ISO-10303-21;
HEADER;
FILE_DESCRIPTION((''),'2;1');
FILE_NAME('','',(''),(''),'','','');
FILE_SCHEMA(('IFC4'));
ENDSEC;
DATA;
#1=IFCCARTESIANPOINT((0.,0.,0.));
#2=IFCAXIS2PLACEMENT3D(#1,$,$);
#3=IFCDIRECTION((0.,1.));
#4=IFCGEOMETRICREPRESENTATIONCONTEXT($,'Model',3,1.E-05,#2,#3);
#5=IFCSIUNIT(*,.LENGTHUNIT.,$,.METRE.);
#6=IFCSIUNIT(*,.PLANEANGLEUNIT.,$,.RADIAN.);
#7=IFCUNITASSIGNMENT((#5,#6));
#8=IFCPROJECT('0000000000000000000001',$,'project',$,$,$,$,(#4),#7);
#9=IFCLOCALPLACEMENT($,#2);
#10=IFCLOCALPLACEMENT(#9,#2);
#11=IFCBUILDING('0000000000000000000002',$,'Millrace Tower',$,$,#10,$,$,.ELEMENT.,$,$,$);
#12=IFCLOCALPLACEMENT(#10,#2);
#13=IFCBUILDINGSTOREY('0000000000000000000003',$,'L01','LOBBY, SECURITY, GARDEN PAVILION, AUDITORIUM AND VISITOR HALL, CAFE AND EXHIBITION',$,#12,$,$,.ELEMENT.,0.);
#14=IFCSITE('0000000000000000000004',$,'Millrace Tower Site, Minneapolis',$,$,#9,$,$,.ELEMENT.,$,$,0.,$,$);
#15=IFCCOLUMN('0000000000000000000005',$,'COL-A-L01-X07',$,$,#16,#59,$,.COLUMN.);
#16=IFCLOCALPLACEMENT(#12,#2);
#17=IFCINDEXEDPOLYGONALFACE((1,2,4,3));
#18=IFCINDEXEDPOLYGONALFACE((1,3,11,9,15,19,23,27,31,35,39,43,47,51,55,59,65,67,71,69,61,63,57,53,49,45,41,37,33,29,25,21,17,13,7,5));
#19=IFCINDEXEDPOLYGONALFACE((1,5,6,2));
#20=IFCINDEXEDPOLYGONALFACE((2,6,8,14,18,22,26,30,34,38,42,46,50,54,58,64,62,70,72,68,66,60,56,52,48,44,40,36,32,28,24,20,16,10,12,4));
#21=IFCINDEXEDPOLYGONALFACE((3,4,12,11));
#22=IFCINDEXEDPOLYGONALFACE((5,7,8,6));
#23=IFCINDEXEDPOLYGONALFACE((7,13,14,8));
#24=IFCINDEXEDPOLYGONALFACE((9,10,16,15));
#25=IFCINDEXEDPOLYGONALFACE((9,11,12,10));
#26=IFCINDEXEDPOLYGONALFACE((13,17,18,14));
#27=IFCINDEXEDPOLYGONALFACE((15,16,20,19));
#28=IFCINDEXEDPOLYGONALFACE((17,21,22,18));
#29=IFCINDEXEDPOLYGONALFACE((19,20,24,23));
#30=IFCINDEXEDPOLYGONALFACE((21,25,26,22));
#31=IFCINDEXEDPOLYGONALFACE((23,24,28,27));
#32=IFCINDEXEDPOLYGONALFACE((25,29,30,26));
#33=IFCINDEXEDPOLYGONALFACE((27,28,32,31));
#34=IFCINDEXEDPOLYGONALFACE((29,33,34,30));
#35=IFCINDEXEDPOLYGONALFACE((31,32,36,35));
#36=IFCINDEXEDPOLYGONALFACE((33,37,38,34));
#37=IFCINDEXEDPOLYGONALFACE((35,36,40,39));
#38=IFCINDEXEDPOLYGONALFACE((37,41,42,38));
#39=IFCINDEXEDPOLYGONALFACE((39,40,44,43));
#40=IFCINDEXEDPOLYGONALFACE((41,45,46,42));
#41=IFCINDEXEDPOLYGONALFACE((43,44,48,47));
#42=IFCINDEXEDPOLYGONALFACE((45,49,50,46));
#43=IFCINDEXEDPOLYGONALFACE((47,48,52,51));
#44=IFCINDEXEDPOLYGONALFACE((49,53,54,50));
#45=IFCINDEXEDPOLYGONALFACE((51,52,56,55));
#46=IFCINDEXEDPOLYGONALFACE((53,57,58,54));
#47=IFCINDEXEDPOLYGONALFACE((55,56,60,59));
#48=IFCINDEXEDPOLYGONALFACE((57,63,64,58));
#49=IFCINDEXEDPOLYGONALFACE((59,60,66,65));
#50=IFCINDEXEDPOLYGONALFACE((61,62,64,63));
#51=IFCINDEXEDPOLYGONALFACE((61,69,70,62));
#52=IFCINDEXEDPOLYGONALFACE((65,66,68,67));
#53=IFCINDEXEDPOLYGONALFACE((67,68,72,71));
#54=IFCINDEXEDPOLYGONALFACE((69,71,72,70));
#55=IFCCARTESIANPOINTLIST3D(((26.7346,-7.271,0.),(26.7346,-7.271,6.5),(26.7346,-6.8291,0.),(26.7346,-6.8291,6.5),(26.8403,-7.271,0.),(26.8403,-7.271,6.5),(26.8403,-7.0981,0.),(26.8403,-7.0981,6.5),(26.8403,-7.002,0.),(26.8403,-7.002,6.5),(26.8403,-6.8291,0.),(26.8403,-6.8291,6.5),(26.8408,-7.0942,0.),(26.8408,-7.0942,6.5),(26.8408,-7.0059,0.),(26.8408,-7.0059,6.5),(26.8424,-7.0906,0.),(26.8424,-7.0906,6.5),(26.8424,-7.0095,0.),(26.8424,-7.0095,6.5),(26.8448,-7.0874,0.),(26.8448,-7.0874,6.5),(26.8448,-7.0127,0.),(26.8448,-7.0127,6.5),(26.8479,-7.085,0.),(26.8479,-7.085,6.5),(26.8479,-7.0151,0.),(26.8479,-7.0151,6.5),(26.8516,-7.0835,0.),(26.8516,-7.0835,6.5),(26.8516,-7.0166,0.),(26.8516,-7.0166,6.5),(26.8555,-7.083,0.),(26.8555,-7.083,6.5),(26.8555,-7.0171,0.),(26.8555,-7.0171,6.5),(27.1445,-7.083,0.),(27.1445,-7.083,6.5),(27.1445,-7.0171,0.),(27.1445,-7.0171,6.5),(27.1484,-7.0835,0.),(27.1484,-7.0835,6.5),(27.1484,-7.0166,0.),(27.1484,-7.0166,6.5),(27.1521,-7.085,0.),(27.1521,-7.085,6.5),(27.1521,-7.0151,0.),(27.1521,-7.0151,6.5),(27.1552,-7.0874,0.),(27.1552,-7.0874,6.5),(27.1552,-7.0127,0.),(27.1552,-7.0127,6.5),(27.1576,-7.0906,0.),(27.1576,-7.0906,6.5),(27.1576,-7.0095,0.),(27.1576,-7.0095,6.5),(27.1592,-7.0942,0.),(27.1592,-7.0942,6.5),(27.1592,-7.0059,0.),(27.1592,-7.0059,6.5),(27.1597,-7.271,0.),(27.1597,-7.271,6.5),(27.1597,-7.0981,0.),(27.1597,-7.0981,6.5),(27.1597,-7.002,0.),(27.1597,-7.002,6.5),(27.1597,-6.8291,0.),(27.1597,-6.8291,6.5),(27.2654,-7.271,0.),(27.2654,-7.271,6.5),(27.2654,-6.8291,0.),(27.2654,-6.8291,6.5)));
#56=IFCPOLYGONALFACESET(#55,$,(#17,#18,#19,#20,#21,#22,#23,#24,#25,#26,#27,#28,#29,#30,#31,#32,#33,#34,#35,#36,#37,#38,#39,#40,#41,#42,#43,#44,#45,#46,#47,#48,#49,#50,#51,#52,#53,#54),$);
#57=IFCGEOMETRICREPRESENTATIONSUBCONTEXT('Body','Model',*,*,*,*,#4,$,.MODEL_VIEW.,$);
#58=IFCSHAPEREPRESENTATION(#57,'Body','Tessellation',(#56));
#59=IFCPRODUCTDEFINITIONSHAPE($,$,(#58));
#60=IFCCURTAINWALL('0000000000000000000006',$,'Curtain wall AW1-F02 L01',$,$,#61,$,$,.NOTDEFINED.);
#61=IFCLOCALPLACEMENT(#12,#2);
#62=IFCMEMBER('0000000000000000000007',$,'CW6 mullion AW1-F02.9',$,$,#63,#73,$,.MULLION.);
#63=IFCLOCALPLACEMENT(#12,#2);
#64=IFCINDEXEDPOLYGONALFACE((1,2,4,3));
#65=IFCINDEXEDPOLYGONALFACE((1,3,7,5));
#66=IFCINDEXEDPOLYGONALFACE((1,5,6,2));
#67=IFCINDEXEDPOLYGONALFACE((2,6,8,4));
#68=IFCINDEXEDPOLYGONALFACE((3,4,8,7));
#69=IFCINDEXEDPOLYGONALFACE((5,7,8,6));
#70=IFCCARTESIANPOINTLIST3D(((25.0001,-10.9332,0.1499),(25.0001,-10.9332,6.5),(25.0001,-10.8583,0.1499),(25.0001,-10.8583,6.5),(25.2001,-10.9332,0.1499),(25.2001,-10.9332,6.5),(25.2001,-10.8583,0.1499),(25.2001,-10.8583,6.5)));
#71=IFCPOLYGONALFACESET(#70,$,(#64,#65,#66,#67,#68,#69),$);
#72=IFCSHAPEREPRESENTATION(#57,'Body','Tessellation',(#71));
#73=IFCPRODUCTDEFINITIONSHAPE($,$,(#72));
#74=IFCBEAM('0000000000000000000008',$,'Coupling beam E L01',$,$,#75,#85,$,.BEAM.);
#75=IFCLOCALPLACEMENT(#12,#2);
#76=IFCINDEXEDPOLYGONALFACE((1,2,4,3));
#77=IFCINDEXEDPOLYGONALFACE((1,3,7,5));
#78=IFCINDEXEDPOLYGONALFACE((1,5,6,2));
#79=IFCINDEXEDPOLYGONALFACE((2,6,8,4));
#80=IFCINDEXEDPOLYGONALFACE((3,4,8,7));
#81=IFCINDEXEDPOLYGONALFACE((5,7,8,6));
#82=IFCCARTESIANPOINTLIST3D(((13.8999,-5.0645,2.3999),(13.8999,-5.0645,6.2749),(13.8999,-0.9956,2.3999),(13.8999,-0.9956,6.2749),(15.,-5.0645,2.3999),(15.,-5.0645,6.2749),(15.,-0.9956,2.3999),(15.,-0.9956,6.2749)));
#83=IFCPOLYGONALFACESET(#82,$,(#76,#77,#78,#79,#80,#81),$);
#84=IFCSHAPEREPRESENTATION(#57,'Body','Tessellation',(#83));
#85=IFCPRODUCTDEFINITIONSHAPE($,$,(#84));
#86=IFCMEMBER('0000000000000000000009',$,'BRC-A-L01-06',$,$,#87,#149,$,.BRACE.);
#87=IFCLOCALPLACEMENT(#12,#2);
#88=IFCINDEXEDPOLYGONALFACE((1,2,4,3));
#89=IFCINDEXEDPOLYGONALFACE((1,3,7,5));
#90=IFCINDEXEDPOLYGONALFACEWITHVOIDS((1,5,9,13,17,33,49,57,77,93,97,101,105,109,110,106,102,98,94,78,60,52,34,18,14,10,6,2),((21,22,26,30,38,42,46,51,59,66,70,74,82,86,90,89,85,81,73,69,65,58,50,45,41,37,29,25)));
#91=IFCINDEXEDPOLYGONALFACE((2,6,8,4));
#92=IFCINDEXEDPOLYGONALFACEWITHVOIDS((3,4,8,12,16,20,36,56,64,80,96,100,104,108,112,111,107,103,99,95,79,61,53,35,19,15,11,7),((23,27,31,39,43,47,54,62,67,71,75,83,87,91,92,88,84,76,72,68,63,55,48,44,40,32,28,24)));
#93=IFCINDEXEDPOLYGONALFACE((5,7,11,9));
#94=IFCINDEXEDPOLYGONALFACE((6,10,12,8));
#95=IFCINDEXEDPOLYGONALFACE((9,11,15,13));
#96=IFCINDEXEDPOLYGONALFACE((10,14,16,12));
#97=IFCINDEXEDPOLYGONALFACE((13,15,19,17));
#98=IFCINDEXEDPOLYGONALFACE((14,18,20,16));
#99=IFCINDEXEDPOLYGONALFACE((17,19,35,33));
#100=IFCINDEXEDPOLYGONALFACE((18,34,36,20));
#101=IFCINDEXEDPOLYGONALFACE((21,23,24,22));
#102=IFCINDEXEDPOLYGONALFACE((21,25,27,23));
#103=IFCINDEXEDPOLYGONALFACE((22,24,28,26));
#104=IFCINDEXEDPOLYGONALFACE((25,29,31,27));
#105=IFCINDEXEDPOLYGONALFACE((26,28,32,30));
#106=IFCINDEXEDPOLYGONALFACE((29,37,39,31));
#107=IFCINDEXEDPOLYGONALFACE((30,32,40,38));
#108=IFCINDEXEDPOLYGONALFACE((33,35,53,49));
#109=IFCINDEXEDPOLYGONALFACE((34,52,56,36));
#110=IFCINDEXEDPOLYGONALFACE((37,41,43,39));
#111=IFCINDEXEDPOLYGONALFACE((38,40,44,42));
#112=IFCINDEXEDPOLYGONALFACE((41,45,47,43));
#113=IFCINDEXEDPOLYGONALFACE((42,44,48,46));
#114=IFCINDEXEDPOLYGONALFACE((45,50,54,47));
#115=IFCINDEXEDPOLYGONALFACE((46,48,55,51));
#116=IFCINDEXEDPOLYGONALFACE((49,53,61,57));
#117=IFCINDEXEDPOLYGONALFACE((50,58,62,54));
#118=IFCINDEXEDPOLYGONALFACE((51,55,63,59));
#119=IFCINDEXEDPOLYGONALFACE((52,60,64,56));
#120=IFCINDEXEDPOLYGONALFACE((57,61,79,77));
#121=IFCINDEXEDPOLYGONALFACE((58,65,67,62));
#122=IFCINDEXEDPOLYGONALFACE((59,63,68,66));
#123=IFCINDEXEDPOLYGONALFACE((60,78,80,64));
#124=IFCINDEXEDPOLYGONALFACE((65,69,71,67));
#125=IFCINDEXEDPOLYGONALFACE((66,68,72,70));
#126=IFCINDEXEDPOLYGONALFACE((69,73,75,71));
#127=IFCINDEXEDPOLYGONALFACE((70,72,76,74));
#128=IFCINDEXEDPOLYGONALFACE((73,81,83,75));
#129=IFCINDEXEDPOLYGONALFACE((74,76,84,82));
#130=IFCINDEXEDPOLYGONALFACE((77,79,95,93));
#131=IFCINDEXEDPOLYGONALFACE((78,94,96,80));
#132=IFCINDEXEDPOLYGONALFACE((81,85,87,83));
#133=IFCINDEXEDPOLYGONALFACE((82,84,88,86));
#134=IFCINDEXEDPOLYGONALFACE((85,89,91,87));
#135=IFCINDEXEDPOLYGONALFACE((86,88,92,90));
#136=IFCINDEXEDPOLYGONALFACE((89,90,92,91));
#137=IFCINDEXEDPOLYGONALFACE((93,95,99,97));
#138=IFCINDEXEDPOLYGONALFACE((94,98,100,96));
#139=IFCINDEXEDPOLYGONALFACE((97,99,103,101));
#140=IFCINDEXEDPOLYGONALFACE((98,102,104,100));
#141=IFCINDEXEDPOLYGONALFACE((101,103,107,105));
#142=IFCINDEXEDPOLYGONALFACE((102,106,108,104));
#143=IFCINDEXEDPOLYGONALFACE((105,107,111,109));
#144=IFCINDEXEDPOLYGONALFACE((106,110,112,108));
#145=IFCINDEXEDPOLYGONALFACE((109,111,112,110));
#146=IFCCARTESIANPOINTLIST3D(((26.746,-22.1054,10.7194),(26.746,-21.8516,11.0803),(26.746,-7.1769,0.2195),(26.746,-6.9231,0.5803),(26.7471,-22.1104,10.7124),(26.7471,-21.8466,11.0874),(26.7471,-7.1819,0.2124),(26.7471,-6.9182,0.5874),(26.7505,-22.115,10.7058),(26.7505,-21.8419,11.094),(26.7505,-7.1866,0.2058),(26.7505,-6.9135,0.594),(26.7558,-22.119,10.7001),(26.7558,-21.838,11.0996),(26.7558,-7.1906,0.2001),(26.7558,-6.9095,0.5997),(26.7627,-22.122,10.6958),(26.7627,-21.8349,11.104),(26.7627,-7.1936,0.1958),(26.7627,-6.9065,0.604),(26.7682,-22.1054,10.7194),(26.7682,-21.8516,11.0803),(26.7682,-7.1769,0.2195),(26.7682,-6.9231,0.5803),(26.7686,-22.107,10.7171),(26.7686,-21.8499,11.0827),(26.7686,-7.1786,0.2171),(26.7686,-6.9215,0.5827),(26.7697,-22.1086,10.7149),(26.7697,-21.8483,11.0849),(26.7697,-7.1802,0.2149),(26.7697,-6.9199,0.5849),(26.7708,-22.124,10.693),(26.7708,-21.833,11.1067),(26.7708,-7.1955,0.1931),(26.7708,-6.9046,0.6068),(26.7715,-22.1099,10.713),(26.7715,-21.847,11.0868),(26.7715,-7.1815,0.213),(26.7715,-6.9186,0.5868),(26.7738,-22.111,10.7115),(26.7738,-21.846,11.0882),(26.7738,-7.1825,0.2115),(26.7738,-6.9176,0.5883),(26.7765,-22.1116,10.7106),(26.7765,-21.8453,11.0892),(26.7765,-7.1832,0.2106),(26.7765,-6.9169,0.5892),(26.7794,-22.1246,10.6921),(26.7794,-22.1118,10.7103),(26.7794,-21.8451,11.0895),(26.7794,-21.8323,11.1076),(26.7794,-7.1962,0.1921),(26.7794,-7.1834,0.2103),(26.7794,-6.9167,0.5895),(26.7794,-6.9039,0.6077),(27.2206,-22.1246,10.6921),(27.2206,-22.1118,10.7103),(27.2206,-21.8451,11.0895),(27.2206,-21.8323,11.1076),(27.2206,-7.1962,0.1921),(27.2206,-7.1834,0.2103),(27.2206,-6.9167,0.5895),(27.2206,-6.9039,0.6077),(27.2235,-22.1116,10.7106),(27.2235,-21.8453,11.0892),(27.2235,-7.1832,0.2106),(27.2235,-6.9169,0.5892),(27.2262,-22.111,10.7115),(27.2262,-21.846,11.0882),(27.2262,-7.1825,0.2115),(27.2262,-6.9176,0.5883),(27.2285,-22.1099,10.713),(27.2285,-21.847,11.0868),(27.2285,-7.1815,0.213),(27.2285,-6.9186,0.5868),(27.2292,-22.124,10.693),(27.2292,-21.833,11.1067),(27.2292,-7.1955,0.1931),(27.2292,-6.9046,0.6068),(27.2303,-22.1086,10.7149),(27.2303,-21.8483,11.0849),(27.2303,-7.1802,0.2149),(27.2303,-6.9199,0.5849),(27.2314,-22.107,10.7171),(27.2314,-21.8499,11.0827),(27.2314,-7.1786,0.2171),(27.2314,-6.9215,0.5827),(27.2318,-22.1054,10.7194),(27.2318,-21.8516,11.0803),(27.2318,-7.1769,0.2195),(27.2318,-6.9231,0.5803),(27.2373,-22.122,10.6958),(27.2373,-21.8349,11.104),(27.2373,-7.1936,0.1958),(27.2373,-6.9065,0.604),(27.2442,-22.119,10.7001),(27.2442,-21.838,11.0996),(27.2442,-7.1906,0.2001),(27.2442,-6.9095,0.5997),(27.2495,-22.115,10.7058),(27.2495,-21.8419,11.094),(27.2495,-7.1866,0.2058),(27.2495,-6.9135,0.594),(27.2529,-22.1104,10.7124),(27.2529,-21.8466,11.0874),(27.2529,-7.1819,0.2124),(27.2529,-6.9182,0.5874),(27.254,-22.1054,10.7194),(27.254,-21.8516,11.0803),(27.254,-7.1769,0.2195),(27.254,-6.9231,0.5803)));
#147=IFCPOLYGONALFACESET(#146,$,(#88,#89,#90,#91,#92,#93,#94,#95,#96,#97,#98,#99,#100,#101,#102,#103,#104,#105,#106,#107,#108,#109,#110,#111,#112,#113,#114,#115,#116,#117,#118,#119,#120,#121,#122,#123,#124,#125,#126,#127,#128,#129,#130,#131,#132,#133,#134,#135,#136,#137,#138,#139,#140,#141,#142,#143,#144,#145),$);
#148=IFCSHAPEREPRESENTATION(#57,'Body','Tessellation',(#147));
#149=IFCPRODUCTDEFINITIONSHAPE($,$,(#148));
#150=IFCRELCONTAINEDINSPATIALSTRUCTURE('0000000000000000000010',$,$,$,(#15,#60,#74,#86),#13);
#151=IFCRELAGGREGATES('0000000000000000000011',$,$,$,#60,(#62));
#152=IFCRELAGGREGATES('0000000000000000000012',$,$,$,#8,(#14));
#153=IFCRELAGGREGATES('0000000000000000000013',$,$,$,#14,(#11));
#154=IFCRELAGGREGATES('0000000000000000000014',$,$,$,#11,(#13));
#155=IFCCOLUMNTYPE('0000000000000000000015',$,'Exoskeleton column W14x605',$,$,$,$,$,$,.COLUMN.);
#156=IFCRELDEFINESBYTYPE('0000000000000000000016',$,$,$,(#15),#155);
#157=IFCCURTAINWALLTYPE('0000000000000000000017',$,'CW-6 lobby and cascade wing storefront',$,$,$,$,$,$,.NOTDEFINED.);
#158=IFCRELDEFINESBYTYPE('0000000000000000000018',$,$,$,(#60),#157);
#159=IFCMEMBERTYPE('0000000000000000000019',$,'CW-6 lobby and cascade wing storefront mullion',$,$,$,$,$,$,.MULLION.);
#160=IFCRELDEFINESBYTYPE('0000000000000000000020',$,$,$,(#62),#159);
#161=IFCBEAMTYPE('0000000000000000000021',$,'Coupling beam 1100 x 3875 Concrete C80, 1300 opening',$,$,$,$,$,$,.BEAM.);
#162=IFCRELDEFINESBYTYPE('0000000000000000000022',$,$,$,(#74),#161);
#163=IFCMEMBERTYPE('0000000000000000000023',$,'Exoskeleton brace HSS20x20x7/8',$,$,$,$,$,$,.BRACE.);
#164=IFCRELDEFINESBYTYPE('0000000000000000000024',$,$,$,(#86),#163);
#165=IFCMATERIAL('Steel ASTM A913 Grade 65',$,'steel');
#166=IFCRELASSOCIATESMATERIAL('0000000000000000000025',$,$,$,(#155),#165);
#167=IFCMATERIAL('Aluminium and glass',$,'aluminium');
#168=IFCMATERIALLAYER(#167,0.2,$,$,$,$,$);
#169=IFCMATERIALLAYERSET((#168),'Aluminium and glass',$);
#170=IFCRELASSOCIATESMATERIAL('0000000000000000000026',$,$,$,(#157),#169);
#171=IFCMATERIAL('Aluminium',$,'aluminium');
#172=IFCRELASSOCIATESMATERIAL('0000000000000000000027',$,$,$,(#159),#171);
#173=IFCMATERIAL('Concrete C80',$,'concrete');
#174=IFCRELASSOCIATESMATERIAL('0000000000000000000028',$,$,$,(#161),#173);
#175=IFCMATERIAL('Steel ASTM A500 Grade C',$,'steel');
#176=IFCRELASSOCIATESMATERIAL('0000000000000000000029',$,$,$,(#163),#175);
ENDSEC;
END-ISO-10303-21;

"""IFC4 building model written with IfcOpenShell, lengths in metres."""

from ifc_helpers import new_model, si_unit, direction, frame, origin, origin_2d, place, context, subcontext, project, spatial, rectangle, hollow_rectangle, i_section, extrude, material, layer, layer_set, material_profile, profile_set, type_object, element, aggregate, save


model = new_model("IFC4")

# Units and contexts
model_context = context("Model", 3, precision=1e-05, world=origin(), true_north=direction((0.0, 1.0)))
body_context = subcontext(model_context, "Body", "Model", "MODEL_VIEW")
ifc_project = project(units=[si_unit("LENGTHUNIT", "METRE"), si_unit("PLANEANGLEUNIT", "RADIAN")], contexts=[model_context])

# Site, building, storey
site_placement = place(None, origin())
site = spatial("IfcSite", under=ifc_project, at=site_placement, Name="Millrace Tower Site, Minneapolis", CompositionType="ELEMENT", RefElevation=0.0)
building_placement = place(site_placement, origin())
building = spatial("IfcBuilding", under=site, at=building_placement, Name="Millrace Tower", CompositionType="ELEMENT")
storey_placement = place(building_placement, origin())
storey = spatial("IfcBuildingStorey", under=building, at=storey_placement, Name="L01", Description="LOBBY, SECURITY, GARDEN PAVILION, AUDITORIUM AND VISITOR HALL, CAFE AND EXHIBITION", CompositionType="ELEMENT", Elevation=0.0)

# Column
ifc_material_1 = material(Name="Steel ASTM A913 Grade 65", Category="steel")
ifc_material_profile_1 = material_profile(ifc_material_1, i_section(OverallWidth=0.4419, OverallDepth=0.5308, WebThickness=0.0659, FlangeThickness=0.1057, FilletRadius=0.0151, at=origin_2d()))
ifc_profile_set_1 = profile_set([ifc_material_profile_1], Name="Steel ASTM A913 Grade 65")
column_type = type_object("IfcColumnType", Name="Exoskeleton column W14x605", PredefinedType="COLUMN", material=ifc_profile_set_1)
column_placement = place(storey_placement, frame((27.0, -7.05, 0.0), z_axis=(0.0, 0.0, 1.0), x_axis=(0.0, 1.0, 0.0)))
element("IfcColumn", 1, at=column_placement, inside=storey, type_object=column_type, Name="COL-A-L01-X07", PredefinedType="COLUMN", context=body_context, shape_type="SweptSolid", body=[
    extrude(i_section(OverallWidth=0.4419, OverallDepth=0.5308, WebThickness=0.0659, FlangeThickness=0.1057, FilletRadius=0.0151, at=origin_2d()), origin(), (0.0, 0.0, 1.0), 6.5),
])

# Curtain wall, member
ifc_material_2 = material(Name="Aluminium and glass", Category="aluminium")
ifc_layer_1 = layer(ifc_material_2, 0.2)
ifc_layer_set_1 = layer_set([ifc_layer_1], Name="Aluminium and glass")
curtain_wall_type = type_object("IfcCurtainWallType", Name="CW-6 lobby and cascade wing storefront", PredefinedType="NOTDEFINED", material=ifc_layer_set_1)
curtain_wall_placement = place(storey_placement, origin())
curtain_wall = element("IfcCurtainWall", 2, at=curtain_wall_placement, inside=storey, type_object=curtain_wall_type, Name="Curtain wall AW1-F02 L01", PredefinedType="NOTDEFINED")
ifc_material_3 = material(Name="Aluminium", Category="aluminium")
ifc_material_profile_2 = material_profile(ifc_material_3, rectangle(XDim=0.075, YDim=0.2, at=origin_2d()))
ifc_profile_set_2 = profile_set([ifc_material_profile_2], Name="Aluminium")
member_type_1 = type_object("IfcMemberType", Name="CW-6 lobby and cascade wing storefront mullion", PredefinedType="MULLION", material=ifc_profile_set_2)
member_1_placement = place(storey_placement, frame((25.1001, -10.8958, 0.1499), z_axis=(0.0, 0.0, 1.0), x_axis=(0.0, 1.0, 0.0)))
member_1 = element("IfcMember", 3, at=member_1_placement, type_object=member_type_1, Name="CW6 mullion AW1-F02.9", PredefinedType="MULLION", context=body_context, shape_type="SweptSolid", body=[
    extrude(rectangle(XDim=0.075, YDim=0.2, at=origin_2d()), origin(), (0.0, 0.0, 1.0), 6.3501),
])
aggregate(curtain_wall, [member_1])

# Beam
ifc_material_4 = material(Name="Concrete C80", Category="concrete")
ifc_material_profile_3 = material_profile(ifc_material_4, rectangle(XDim=1.1001, YDim=3.875, at=origin_2d()))
ifc_profile_set_3 = profile_set([ifc_material_profile_3], Name="Concrete C80")
beam_type_1 = type_object("IfcBeamType", Name="Coupling beam 1100 x 3875 Concrete C80, 1300 opening", PredefinedType="BEAM", material=ifc_profile_set_3)
beam_1_placement = place(storey_placement, frame((14.45, -0.9956, 4.3374), z_axis=(0.0, -1.0, 0.0), x_axis=(1.0, 0.0, 0.0)))
element("IfcBeam", 4, at=beam_1_placement, inside=storey, type_object=beam_type_1, Name="Coupling beam E L01", PredefinedType="BEAM", context=body_context, shape_type="SweptSolid", body=[
    extrude(rectangle(XDim=1.1001, YDim=3.875, at=origin_2d()), origin(), (0.0, 0.0, 1.0), 4.0688),
])

# Member
ifc_material_5 = material(Name="Steel ASTM A500 Grade C", Category="steel")
ifc_material_profile_4 = material_profile(ifc_material_5, hollow_rectangle(XDim=0.5081, YDim=0.5081, WallThickness=0.0222, InnerFilletRadius=0.0112, OuterFilletRadius=0.0334, at=origin_2d()))
ifc_profile_set_4 = profile_set([ifc_material_profile_4], Name="Steel ASTM A500 Grade C")
member_type_2 = type_object("IfcMemberType", Name="Exoskeleton brace HSS20x20x7/8", PredefinedType="BRACE", material=ifc_profile_set_4)
member_2_placement = place(storey_placement, frame((27.0, -7.05, 0.3999), z_axis=(0.0, -0.817941, 0.575302), x_axis=(1.0, 0.0, 0.0)))
element("IfcMember", 5, at=member_2_placement, inside=storey, type_object=member_type_2, Name="BRC-A-L01-06", PredefinedType="BRACE", context=body_context, shape_type="SweptSolid", body=[
    extrude(hollow_rectangle(XDim=0.5081, YDim=0.5081, WallThickness=0.0222, InnerFilletRadius=0.0112, OuterFilletRadius=0.0334, at=origin_2d()), origin(), (0.0, 0.0, 1.0), 18.2512),
])

save(model, "model.ifc")
